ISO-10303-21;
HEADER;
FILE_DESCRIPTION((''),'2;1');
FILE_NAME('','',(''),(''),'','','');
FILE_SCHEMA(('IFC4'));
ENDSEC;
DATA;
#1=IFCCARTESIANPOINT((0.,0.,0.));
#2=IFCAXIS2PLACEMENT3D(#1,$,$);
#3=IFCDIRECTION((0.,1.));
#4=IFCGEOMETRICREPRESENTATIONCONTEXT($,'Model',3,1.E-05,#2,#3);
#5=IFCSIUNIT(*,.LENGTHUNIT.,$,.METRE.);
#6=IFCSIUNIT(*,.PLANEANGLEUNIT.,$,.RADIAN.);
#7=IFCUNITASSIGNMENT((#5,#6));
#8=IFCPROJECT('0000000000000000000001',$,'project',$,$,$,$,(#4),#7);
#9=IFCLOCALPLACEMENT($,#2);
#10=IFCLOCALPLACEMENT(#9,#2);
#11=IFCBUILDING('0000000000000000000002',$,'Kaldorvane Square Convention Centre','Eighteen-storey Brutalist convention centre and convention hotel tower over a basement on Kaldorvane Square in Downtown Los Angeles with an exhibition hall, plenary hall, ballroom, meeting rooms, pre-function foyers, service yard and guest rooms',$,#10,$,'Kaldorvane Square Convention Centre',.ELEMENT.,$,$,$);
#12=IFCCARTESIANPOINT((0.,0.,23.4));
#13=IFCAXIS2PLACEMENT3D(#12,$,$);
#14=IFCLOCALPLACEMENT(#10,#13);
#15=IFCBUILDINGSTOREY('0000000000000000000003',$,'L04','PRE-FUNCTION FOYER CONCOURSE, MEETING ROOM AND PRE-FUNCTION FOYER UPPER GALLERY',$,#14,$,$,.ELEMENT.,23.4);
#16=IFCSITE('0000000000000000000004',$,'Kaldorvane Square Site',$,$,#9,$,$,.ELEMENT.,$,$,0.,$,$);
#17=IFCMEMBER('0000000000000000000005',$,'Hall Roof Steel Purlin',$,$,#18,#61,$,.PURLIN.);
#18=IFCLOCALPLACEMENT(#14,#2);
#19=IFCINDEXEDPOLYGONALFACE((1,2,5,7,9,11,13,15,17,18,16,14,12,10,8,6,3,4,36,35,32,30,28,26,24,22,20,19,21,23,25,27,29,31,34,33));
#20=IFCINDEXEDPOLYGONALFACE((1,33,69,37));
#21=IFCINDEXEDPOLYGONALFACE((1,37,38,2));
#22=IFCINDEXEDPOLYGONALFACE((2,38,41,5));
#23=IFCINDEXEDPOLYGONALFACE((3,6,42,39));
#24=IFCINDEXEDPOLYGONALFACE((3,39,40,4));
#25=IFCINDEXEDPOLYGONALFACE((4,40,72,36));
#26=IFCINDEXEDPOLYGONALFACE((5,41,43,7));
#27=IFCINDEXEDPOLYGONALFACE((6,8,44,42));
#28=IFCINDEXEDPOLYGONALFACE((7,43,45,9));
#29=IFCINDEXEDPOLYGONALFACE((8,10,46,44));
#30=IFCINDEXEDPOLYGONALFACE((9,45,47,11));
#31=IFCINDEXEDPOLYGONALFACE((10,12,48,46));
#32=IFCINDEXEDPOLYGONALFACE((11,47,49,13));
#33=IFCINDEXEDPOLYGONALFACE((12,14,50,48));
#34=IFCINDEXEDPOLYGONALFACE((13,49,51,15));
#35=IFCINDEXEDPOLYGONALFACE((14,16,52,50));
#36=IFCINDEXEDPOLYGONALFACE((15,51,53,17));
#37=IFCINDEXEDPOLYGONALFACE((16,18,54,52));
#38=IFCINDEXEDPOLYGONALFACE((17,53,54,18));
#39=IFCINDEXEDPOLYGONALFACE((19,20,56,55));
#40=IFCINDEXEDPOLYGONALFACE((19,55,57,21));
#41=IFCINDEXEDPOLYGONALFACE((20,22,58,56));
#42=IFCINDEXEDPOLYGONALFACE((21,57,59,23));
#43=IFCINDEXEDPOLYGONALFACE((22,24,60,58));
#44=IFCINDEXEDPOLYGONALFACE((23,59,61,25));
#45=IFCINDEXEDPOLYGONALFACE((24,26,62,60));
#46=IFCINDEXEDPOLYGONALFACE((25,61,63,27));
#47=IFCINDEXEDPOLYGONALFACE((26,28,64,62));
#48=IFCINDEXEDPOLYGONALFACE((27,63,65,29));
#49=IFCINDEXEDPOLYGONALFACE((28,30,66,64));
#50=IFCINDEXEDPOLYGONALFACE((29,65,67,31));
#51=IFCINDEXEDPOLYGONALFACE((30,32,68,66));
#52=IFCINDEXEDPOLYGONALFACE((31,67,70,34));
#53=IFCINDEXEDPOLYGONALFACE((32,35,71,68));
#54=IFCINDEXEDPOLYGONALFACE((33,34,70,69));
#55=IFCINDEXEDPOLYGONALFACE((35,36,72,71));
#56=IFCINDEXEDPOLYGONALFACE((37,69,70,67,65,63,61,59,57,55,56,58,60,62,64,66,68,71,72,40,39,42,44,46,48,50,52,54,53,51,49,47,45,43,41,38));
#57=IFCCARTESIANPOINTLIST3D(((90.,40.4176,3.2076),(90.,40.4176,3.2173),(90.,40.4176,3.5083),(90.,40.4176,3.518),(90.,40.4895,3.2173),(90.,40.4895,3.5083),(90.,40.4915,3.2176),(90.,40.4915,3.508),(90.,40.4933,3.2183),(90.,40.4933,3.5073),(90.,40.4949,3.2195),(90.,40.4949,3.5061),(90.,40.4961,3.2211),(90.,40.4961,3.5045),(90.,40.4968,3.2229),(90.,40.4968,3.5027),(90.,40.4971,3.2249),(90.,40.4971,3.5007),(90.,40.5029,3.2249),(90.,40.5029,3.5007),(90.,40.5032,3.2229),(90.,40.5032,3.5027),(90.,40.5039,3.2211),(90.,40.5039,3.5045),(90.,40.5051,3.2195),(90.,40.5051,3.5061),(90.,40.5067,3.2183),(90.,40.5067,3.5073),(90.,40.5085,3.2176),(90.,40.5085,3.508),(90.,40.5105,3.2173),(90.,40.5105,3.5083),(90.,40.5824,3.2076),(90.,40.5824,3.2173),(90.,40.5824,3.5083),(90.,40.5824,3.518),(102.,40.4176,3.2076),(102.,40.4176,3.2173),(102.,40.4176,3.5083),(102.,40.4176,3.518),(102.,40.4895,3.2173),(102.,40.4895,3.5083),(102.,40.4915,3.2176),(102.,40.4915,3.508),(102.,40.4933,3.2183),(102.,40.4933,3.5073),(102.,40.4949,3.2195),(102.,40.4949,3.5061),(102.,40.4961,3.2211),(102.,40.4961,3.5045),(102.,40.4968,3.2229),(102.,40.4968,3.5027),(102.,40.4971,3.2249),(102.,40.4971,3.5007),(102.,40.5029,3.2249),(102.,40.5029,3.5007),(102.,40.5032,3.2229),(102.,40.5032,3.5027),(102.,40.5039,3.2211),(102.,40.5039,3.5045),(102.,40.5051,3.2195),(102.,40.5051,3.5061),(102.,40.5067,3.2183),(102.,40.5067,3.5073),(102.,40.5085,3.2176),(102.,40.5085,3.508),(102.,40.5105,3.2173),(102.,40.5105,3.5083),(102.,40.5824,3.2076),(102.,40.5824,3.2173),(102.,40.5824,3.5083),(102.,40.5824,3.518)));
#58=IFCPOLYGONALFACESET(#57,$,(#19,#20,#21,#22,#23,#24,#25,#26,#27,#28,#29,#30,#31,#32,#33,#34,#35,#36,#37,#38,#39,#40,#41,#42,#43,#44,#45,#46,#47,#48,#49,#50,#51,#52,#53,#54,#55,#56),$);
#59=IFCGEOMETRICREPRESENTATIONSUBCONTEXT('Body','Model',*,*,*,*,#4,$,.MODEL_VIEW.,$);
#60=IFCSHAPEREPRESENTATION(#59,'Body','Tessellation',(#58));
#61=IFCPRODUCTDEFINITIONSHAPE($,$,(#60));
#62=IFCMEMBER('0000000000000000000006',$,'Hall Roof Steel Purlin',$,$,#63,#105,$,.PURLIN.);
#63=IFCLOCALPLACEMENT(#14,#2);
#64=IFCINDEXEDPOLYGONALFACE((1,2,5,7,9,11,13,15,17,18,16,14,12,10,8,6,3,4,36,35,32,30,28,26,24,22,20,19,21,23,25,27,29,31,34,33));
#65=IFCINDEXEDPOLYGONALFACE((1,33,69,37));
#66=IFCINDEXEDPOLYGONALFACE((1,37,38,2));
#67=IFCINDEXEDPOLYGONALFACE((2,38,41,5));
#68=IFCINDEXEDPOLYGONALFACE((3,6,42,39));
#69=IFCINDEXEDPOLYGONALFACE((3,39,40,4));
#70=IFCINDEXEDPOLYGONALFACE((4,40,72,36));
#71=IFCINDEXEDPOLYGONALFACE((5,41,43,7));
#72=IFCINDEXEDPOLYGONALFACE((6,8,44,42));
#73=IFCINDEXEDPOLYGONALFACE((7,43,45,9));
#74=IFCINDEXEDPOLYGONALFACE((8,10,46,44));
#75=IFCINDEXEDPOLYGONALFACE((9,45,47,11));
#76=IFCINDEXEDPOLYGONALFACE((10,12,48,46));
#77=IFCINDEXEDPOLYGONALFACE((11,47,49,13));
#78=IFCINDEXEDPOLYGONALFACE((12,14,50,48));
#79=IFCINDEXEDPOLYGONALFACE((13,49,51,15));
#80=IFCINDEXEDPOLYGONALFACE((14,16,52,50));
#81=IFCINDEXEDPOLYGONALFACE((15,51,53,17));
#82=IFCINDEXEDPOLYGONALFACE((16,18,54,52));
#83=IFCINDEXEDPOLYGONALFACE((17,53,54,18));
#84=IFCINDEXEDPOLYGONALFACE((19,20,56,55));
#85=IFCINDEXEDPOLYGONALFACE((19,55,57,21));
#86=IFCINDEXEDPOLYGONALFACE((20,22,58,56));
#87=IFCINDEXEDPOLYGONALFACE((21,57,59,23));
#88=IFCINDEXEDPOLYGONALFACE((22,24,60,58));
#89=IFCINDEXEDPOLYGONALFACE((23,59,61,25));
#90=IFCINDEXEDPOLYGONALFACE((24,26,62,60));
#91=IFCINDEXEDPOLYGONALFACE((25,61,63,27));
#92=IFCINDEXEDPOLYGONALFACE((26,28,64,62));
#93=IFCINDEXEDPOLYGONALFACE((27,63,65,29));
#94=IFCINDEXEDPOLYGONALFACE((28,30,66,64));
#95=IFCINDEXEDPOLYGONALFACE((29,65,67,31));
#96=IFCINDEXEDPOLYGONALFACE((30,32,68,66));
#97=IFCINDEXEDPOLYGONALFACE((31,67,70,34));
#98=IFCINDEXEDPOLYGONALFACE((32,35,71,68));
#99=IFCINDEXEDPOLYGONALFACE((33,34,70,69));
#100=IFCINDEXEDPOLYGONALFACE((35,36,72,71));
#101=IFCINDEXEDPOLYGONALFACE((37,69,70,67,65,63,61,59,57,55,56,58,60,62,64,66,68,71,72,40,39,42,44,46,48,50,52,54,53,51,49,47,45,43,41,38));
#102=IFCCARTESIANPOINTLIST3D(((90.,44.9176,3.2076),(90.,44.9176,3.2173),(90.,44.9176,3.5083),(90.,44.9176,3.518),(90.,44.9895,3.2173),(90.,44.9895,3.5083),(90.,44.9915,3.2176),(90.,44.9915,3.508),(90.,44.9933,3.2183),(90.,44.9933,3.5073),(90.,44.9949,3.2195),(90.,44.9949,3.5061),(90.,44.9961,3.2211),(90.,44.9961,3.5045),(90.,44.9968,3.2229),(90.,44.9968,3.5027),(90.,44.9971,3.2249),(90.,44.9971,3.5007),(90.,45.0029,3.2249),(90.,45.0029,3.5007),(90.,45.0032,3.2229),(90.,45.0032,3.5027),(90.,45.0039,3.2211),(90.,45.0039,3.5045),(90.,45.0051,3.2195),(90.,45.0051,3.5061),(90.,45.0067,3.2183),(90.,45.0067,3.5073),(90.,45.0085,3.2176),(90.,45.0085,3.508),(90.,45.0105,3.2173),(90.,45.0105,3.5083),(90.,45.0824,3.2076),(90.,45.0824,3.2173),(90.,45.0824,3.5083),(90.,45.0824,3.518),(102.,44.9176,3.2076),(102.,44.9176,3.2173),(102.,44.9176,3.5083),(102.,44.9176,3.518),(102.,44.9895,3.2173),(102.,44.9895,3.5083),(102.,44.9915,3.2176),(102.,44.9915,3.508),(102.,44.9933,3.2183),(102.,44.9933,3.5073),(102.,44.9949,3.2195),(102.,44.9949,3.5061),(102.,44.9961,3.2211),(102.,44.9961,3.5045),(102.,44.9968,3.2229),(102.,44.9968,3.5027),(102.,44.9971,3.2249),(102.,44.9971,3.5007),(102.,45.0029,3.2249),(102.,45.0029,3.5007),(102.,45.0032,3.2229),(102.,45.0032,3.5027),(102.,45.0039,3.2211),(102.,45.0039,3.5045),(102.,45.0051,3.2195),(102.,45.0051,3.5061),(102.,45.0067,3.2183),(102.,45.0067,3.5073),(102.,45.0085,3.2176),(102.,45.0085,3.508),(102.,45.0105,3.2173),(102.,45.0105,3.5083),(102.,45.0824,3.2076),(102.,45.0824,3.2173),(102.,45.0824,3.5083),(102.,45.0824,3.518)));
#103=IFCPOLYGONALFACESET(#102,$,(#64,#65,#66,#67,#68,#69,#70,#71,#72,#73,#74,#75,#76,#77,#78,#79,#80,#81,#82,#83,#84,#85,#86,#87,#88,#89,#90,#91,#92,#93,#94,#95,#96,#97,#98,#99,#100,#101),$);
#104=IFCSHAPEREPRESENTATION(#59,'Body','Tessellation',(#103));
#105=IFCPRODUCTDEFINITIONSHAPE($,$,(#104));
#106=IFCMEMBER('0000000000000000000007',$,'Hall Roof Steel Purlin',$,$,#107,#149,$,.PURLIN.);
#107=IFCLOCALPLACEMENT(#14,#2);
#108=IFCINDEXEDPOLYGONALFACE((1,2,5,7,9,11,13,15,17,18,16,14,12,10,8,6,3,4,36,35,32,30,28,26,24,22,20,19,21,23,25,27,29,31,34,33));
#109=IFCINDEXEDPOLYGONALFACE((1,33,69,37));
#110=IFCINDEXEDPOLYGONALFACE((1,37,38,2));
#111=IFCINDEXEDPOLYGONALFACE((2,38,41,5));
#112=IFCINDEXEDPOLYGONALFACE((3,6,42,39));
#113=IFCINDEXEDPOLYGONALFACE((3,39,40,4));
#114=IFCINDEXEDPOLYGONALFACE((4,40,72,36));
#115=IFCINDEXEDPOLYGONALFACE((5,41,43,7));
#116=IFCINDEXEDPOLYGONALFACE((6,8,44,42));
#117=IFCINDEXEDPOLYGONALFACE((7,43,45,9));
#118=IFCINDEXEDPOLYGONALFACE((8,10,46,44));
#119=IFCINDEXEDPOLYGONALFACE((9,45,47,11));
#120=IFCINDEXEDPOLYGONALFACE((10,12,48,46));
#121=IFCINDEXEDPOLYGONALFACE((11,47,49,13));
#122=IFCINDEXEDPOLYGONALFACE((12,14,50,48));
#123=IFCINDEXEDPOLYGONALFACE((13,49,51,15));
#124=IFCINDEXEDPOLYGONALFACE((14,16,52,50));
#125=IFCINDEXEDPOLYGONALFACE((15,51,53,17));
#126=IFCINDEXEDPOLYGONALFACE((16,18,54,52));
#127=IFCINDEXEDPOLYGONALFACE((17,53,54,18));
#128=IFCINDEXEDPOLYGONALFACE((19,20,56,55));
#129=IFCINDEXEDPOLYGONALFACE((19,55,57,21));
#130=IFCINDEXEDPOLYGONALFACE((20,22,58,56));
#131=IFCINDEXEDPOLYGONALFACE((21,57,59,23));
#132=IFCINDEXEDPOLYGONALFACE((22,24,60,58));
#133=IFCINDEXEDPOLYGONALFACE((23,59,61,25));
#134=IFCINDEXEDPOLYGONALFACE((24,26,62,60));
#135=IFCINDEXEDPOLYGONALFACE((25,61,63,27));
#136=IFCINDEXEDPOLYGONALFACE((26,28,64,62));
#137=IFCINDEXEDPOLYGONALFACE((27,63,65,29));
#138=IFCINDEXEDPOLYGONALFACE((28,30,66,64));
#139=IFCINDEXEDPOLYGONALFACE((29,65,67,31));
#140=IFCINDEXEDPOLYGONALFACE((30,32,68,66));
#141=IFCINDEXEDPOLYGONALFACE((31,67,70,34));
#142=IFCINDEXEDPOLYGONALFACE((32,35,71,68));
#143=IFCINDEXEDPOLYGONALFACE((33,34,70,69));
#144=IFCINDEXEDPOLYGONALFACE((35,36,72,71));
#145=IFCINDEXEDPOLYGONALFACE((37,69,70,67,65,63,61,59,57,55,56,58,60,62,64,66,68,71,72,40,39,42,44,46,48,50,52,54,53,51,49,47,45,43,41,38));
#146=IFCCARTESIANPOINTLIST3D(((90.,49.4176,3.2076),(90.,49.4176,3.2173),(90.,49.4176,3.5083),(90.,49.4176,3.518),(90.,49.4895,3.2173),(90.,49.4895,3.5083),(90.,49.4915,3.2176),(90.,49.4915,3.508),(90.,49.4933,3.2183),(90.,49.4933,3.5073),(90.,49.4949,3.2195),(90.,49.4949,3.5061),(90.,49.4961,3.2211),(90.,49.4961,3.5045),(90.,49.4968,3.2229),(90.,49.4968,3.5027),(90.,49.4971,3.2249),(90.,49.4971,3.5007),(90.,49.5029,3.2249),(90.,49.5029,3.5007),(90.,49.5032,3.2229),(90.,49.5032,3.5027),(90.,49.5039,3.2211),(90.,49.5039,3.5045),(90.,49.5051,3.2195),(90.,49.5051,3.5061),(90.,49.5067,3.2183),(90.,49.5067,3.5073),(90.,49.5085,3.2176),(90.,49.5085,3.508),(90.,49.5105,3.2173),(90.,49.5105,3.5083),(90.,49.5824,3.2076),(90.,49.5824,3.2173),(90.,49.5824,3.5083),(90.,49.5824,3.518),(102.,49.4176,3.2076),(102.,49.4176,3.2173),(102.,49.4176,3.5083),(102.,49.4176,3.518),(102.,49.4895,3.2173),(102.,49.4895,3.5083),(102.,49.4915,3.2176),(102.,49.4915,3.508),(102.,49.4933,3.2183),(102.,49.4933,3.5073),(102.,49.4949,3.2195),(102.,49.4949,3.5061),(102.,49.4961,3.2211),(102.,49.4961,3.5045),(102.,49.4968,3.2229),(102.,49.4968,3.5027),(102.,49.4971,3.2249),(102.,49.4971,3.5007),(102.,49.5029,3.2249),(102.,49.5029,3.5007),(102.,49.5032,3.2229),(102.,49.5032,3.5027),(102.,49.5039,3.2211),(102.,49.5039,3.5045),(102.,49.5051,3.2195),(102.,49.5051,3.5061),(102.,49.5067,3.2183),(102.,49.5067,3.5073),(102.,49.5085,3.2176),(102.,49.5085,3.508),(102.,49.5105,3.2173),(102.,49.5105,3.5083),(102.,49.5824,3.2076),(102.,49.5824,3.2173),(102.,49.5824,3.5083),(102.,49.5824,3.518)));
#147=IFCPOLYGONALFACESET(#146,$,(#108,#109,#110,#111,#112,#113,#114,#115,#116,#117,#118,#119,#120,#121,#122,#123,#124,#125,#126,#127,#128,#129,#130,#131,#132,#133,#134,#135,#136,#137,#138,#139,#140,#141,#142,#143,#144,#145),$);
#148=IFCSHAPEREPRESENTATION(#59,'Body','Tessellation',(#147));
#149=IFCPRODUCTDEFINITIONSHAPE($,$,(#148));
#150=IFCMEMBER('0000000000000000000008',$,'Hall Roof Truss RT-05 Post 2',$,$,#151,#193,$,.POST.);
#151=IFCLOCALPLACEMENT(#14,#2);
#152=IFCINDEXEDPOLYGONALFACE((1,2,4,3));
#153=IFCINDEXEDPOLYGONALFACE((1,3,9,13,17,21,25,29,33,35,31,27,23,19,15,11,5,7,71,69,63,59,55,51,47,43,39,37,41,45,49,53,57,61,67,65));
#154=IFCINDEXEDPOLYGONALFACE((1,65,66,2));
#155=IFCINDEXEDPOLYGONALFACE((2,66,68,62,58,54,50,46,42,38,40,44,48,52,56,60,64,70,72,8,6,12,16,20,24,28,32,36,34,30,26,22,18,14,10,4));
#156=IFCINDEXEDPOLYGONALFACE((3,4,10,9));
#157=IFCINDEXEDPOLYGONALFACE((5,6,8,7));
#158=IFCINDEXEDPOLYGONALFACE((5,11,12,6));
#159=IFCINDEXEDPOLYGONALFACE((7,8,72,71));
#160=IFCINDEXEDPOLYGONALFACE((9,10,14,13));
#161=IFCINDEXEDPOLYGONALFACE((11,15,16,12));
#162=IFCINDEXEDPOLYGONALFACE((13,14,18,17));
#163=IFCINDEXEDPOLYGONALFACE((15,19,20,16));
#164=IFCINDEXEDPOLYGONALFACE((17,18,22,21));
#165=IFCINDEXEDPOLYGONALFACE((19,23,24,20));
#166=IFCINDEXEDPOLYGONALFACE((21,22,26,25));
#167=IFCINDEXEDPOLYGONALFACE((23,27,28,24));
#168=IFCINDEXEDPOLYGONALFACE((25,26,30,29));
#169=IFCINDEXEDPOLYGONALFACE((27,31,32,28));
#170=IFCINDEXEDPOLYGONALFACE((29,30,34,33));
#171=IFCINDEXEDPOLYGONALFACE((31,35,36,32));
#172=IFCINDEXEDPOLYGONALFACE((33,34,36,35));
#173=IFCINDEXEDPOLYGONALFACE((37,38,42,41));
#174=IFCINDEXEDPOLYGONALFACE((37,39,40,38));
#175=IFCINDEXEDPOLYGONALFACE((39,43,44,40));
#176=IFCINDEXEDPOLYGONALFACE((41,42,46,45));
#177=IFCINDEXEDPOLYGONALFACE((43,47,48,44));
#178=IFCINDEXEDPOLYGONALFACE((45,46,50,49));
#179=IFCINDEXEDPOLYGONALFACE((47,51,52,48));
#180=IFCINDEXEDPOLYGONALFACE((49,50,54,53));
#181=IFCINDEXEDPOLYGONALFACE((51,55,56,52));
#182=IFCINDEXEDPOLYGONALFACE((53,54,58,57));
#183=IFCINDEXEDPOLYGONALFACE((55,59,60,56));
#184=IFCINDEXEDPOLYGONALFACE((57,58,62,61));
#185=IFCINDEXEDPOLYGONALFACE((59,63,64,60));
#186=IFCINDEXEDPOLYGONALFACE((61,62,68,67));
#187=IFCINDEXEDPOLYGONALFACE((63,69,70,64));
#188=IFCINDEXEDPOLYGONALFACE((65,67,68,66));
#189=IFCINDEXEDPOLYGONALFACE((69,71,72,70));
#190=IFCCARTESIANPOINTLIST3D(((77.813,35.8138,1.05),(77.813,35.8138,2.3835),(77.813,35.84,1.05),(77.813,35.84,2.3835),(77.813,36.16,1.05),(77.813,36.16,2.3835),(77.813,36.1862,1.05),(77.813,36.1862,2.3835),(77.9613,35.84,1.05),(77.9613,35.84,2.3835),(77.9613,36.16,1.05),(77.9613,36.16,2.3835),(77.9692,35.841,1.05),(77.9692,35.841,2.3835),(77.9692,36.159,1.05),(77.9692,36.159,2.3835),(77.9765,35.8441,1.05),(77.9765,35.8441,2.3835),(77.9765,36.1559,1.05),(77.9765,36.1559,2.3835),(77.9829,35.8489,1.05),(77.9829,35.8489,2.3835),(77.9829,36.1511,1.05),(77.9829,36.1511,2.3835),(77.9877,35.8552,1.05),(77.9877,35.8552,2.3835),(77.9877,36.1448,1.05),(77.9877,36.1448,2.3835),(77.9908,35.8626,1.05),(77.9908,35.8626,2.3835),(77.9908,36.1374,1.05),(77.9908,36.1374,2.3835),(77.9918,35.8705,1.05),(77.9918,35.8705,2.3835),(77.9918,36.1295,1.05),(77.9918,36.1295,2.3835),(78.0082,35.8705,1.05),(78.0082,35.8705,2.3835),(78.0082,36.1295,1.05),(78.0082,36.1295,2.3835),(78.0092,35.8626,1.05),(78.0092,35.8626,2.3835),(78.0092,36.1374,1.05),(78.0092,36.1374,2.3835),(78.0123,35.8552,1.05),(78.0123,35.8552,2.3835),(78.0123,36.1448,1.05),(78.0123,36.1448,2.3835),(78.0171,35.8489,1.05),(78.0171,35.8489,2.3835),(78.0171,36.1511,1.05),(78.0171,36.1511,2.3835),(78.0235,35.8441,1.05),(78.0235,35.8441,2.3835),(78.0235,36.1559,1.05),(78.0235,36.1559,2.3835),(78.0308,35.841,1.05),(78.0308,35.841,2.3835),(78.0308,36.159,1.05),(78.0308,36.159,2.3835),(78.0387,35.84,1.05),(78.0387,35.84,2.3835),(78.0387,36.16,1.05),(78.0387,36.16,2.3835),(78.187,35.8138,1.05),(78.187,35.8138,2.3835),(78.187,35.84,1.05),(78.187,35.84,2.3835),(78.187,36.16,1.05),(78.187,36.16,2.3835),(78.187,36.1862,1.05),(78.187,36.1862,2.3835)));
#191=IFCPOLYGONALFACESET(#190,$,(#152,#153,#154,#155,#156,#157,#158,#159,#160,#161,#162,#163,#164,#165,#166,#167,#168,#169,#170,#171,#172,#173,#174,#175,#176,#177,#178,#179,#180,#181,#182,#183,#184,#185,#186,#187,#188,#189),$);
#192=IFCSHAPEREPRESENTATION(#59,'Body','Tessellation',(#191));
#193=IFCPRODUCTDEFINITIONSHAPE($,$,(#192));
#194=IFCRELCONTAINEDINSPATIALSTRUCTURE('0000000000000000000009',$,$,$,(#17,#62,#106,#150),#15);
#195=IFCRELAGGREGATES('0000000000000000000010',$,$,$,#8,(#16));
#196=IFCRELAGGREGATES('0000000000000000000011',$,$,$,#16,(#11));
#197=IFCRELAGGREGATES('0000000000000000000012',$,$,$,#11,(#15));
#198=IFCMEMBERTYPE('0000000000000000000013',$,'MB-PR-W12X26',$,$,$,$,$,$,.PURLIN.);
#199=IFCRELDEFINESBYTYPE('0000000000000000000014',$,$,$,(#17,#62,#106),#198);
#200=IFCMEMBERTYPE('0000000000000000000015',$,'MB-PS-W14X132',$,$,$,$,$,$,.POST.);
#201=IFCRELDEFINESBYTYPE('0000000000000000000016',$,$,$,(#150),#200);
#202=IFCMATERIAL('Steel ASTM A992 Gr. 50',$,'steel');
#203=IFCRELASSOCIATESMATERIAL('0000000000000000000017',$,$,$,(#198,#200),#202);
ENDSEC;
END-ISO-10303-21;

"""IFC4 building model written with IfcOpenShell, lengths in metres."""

from ifc_helpers import new_model, si_unit, direction, frame, origin, origin_2d, place, context, subcontext, project, spatial, i_section, extrude, material, material_profile, profile_set, type_object, element, save


model = new_model("IFC4")

# Units and contexts
model_context = context("Model", 3, precision=1e-05, world=origin(), true_north=direction((0.0, 1.0)))
body_context = subcontext(model_context, "Body", "Model", "MODEL_VIEW")
ifc_project = project(units=[si_unit("LENGTHUNIT", "METRE"), si_unit("PLANEANGLEUNIT", "RADIAN")], contexts=[model_context])

# Site, building, storey
site_placement = place(None, origin())
site = spatial("IfcSite", under=ifc_project, at=site_placement, Name="Kaldorvane Square Site", CompositionType="ELEMENT", RefElevation=0.0)
building_placement = place(site_placement, origin())
building = spatial("IfcBuilding", under=site, at=building_placement, Name="Kaldorvane Square Convention Centre", Description="Eighteen-storey Brutalist convention centre and convention hotel tower over a basement on Kaldorvane Square in Downtown Los Angeles with an exhibition hall, plenary hall, ballroom, meeting rooms, pre-function foyers, service yard and guest rooms", LongName="Kaldorvane Square Convention Centre", CompositionType="ELEMENT")
storey_placement = place(building_placement, frame((0.0, 0.0, 23.4)))
storey = spatial("IfcBuildingStorey", under=building, at=storey_placement, Name="L04", Description="PRE-FUNCTION FOYER CONCOURSE, MEETING ROOM AND PRE-FUNCTION FOYER UPPER GALLERY", CompositionType="ELEMENT", Elevation=23.4)

# Members
ifc_material_1 = material(Name="Steel ASTM A992 Gr. 50", Category="steel")
ifc_material_profile_1 = material_profile(ifc_material_1, i_section(OverallWidth=0.1648, OverallDepth=0.3104, WebThickness=0.0058, FlangeThickness=0.0097, FilletRadius=0.0076, at=origin_2d()), Name="W12X26")
ifc_profile_set_1 = profile_set([ifc_material_profile_1], Name="Steel ASTM A992 Gr. 50")
member_type_1 = type_object("IfcMemberType", Name="MB-PR-W12X26", PredefinedType="PURLIN", material=ifc_profile_set_1)
for number, where, z_axis, x_axis, name in (
    (1, (90.0, 40.5, 3.3628), (1.0, 0.0, 0.0), (0.0, 1.0, 0.0), "Hall Roof Steel Purlin"),
    (2, (90.0, 45.0, 3.3628), (1.0, 0.0, 0.0), (0.0, 1.0, 0.0), "Hall Roof Steel Purlin"),
    (3, (90.0, 49.5, 3.3628), (1.0, 0.0, 0.0), (0.0, 1.0, 0.0), "Hall Roof Steel Purlin"),
):
    element("IfcMember", number, at=place(storey_placement, frame(where, z_axis=z_axis, x_axis=x_axis)), inside=storey, type_object=member_type_1, Name=name, PredefinedType="PURLIN", context=body_context, shape_type="SweptSolid", body=[
        extrude(i_section(OverallWidth=0.1648, OverallDepth=0.3104, WebThickness=0.0058, FlangeThickness=0.0097, FilletRadius=0.0076, at=origin_2d()), origin(), (0.0, 0.0, 1.0), 12.0),
    ])
ifc_material_profile_2 = material_profile(ifc_material_1, i_section(OverallWidth=0.374, OverallDepth=0.3724, WebThickness=0.0164, FlangeThickness=0.0262, FilletRadius=0.0305, at=origin_2d()), Name="W14X132")
ifc_profile_set_2 = profile_set([ifc_material_profile_2], Name="Steel ASTM A992 Gr. 50")
member_type_2 = type_object("IfcMemberType", Name="MB-PS-W14X132", PredefinedType="POST", material=ifc_profile_set_2)
for number, where, z_axis, x_axis, name in (
    (4, (78.0, 36.0, 1.05), (0.0, 0.0, 1.0), (1.0, 0.0, 0.0), "Hall Roof Truss RT-05 Post 2"),
):
    element("IfcMember", number, at=place(storey_placement, frame(where, z_axis=z_axis, x_axis=x_axis)), inside=storey, type_object=member_type_2, Name=name, PredefinedType="POST", context=body_context, shape_type="SweptSolid", body=[
        extrude(i_section(OverallWidth=0.374, OverallDepth=0.3724, WebThickness=0.0164, FlangeThickness=0.0262, FilletRadius=0.0305, at=origin_2d()), origin(), (0.0, 0.0, 1.0), 1.3335),
    ])

save(model, "model.ifc")
